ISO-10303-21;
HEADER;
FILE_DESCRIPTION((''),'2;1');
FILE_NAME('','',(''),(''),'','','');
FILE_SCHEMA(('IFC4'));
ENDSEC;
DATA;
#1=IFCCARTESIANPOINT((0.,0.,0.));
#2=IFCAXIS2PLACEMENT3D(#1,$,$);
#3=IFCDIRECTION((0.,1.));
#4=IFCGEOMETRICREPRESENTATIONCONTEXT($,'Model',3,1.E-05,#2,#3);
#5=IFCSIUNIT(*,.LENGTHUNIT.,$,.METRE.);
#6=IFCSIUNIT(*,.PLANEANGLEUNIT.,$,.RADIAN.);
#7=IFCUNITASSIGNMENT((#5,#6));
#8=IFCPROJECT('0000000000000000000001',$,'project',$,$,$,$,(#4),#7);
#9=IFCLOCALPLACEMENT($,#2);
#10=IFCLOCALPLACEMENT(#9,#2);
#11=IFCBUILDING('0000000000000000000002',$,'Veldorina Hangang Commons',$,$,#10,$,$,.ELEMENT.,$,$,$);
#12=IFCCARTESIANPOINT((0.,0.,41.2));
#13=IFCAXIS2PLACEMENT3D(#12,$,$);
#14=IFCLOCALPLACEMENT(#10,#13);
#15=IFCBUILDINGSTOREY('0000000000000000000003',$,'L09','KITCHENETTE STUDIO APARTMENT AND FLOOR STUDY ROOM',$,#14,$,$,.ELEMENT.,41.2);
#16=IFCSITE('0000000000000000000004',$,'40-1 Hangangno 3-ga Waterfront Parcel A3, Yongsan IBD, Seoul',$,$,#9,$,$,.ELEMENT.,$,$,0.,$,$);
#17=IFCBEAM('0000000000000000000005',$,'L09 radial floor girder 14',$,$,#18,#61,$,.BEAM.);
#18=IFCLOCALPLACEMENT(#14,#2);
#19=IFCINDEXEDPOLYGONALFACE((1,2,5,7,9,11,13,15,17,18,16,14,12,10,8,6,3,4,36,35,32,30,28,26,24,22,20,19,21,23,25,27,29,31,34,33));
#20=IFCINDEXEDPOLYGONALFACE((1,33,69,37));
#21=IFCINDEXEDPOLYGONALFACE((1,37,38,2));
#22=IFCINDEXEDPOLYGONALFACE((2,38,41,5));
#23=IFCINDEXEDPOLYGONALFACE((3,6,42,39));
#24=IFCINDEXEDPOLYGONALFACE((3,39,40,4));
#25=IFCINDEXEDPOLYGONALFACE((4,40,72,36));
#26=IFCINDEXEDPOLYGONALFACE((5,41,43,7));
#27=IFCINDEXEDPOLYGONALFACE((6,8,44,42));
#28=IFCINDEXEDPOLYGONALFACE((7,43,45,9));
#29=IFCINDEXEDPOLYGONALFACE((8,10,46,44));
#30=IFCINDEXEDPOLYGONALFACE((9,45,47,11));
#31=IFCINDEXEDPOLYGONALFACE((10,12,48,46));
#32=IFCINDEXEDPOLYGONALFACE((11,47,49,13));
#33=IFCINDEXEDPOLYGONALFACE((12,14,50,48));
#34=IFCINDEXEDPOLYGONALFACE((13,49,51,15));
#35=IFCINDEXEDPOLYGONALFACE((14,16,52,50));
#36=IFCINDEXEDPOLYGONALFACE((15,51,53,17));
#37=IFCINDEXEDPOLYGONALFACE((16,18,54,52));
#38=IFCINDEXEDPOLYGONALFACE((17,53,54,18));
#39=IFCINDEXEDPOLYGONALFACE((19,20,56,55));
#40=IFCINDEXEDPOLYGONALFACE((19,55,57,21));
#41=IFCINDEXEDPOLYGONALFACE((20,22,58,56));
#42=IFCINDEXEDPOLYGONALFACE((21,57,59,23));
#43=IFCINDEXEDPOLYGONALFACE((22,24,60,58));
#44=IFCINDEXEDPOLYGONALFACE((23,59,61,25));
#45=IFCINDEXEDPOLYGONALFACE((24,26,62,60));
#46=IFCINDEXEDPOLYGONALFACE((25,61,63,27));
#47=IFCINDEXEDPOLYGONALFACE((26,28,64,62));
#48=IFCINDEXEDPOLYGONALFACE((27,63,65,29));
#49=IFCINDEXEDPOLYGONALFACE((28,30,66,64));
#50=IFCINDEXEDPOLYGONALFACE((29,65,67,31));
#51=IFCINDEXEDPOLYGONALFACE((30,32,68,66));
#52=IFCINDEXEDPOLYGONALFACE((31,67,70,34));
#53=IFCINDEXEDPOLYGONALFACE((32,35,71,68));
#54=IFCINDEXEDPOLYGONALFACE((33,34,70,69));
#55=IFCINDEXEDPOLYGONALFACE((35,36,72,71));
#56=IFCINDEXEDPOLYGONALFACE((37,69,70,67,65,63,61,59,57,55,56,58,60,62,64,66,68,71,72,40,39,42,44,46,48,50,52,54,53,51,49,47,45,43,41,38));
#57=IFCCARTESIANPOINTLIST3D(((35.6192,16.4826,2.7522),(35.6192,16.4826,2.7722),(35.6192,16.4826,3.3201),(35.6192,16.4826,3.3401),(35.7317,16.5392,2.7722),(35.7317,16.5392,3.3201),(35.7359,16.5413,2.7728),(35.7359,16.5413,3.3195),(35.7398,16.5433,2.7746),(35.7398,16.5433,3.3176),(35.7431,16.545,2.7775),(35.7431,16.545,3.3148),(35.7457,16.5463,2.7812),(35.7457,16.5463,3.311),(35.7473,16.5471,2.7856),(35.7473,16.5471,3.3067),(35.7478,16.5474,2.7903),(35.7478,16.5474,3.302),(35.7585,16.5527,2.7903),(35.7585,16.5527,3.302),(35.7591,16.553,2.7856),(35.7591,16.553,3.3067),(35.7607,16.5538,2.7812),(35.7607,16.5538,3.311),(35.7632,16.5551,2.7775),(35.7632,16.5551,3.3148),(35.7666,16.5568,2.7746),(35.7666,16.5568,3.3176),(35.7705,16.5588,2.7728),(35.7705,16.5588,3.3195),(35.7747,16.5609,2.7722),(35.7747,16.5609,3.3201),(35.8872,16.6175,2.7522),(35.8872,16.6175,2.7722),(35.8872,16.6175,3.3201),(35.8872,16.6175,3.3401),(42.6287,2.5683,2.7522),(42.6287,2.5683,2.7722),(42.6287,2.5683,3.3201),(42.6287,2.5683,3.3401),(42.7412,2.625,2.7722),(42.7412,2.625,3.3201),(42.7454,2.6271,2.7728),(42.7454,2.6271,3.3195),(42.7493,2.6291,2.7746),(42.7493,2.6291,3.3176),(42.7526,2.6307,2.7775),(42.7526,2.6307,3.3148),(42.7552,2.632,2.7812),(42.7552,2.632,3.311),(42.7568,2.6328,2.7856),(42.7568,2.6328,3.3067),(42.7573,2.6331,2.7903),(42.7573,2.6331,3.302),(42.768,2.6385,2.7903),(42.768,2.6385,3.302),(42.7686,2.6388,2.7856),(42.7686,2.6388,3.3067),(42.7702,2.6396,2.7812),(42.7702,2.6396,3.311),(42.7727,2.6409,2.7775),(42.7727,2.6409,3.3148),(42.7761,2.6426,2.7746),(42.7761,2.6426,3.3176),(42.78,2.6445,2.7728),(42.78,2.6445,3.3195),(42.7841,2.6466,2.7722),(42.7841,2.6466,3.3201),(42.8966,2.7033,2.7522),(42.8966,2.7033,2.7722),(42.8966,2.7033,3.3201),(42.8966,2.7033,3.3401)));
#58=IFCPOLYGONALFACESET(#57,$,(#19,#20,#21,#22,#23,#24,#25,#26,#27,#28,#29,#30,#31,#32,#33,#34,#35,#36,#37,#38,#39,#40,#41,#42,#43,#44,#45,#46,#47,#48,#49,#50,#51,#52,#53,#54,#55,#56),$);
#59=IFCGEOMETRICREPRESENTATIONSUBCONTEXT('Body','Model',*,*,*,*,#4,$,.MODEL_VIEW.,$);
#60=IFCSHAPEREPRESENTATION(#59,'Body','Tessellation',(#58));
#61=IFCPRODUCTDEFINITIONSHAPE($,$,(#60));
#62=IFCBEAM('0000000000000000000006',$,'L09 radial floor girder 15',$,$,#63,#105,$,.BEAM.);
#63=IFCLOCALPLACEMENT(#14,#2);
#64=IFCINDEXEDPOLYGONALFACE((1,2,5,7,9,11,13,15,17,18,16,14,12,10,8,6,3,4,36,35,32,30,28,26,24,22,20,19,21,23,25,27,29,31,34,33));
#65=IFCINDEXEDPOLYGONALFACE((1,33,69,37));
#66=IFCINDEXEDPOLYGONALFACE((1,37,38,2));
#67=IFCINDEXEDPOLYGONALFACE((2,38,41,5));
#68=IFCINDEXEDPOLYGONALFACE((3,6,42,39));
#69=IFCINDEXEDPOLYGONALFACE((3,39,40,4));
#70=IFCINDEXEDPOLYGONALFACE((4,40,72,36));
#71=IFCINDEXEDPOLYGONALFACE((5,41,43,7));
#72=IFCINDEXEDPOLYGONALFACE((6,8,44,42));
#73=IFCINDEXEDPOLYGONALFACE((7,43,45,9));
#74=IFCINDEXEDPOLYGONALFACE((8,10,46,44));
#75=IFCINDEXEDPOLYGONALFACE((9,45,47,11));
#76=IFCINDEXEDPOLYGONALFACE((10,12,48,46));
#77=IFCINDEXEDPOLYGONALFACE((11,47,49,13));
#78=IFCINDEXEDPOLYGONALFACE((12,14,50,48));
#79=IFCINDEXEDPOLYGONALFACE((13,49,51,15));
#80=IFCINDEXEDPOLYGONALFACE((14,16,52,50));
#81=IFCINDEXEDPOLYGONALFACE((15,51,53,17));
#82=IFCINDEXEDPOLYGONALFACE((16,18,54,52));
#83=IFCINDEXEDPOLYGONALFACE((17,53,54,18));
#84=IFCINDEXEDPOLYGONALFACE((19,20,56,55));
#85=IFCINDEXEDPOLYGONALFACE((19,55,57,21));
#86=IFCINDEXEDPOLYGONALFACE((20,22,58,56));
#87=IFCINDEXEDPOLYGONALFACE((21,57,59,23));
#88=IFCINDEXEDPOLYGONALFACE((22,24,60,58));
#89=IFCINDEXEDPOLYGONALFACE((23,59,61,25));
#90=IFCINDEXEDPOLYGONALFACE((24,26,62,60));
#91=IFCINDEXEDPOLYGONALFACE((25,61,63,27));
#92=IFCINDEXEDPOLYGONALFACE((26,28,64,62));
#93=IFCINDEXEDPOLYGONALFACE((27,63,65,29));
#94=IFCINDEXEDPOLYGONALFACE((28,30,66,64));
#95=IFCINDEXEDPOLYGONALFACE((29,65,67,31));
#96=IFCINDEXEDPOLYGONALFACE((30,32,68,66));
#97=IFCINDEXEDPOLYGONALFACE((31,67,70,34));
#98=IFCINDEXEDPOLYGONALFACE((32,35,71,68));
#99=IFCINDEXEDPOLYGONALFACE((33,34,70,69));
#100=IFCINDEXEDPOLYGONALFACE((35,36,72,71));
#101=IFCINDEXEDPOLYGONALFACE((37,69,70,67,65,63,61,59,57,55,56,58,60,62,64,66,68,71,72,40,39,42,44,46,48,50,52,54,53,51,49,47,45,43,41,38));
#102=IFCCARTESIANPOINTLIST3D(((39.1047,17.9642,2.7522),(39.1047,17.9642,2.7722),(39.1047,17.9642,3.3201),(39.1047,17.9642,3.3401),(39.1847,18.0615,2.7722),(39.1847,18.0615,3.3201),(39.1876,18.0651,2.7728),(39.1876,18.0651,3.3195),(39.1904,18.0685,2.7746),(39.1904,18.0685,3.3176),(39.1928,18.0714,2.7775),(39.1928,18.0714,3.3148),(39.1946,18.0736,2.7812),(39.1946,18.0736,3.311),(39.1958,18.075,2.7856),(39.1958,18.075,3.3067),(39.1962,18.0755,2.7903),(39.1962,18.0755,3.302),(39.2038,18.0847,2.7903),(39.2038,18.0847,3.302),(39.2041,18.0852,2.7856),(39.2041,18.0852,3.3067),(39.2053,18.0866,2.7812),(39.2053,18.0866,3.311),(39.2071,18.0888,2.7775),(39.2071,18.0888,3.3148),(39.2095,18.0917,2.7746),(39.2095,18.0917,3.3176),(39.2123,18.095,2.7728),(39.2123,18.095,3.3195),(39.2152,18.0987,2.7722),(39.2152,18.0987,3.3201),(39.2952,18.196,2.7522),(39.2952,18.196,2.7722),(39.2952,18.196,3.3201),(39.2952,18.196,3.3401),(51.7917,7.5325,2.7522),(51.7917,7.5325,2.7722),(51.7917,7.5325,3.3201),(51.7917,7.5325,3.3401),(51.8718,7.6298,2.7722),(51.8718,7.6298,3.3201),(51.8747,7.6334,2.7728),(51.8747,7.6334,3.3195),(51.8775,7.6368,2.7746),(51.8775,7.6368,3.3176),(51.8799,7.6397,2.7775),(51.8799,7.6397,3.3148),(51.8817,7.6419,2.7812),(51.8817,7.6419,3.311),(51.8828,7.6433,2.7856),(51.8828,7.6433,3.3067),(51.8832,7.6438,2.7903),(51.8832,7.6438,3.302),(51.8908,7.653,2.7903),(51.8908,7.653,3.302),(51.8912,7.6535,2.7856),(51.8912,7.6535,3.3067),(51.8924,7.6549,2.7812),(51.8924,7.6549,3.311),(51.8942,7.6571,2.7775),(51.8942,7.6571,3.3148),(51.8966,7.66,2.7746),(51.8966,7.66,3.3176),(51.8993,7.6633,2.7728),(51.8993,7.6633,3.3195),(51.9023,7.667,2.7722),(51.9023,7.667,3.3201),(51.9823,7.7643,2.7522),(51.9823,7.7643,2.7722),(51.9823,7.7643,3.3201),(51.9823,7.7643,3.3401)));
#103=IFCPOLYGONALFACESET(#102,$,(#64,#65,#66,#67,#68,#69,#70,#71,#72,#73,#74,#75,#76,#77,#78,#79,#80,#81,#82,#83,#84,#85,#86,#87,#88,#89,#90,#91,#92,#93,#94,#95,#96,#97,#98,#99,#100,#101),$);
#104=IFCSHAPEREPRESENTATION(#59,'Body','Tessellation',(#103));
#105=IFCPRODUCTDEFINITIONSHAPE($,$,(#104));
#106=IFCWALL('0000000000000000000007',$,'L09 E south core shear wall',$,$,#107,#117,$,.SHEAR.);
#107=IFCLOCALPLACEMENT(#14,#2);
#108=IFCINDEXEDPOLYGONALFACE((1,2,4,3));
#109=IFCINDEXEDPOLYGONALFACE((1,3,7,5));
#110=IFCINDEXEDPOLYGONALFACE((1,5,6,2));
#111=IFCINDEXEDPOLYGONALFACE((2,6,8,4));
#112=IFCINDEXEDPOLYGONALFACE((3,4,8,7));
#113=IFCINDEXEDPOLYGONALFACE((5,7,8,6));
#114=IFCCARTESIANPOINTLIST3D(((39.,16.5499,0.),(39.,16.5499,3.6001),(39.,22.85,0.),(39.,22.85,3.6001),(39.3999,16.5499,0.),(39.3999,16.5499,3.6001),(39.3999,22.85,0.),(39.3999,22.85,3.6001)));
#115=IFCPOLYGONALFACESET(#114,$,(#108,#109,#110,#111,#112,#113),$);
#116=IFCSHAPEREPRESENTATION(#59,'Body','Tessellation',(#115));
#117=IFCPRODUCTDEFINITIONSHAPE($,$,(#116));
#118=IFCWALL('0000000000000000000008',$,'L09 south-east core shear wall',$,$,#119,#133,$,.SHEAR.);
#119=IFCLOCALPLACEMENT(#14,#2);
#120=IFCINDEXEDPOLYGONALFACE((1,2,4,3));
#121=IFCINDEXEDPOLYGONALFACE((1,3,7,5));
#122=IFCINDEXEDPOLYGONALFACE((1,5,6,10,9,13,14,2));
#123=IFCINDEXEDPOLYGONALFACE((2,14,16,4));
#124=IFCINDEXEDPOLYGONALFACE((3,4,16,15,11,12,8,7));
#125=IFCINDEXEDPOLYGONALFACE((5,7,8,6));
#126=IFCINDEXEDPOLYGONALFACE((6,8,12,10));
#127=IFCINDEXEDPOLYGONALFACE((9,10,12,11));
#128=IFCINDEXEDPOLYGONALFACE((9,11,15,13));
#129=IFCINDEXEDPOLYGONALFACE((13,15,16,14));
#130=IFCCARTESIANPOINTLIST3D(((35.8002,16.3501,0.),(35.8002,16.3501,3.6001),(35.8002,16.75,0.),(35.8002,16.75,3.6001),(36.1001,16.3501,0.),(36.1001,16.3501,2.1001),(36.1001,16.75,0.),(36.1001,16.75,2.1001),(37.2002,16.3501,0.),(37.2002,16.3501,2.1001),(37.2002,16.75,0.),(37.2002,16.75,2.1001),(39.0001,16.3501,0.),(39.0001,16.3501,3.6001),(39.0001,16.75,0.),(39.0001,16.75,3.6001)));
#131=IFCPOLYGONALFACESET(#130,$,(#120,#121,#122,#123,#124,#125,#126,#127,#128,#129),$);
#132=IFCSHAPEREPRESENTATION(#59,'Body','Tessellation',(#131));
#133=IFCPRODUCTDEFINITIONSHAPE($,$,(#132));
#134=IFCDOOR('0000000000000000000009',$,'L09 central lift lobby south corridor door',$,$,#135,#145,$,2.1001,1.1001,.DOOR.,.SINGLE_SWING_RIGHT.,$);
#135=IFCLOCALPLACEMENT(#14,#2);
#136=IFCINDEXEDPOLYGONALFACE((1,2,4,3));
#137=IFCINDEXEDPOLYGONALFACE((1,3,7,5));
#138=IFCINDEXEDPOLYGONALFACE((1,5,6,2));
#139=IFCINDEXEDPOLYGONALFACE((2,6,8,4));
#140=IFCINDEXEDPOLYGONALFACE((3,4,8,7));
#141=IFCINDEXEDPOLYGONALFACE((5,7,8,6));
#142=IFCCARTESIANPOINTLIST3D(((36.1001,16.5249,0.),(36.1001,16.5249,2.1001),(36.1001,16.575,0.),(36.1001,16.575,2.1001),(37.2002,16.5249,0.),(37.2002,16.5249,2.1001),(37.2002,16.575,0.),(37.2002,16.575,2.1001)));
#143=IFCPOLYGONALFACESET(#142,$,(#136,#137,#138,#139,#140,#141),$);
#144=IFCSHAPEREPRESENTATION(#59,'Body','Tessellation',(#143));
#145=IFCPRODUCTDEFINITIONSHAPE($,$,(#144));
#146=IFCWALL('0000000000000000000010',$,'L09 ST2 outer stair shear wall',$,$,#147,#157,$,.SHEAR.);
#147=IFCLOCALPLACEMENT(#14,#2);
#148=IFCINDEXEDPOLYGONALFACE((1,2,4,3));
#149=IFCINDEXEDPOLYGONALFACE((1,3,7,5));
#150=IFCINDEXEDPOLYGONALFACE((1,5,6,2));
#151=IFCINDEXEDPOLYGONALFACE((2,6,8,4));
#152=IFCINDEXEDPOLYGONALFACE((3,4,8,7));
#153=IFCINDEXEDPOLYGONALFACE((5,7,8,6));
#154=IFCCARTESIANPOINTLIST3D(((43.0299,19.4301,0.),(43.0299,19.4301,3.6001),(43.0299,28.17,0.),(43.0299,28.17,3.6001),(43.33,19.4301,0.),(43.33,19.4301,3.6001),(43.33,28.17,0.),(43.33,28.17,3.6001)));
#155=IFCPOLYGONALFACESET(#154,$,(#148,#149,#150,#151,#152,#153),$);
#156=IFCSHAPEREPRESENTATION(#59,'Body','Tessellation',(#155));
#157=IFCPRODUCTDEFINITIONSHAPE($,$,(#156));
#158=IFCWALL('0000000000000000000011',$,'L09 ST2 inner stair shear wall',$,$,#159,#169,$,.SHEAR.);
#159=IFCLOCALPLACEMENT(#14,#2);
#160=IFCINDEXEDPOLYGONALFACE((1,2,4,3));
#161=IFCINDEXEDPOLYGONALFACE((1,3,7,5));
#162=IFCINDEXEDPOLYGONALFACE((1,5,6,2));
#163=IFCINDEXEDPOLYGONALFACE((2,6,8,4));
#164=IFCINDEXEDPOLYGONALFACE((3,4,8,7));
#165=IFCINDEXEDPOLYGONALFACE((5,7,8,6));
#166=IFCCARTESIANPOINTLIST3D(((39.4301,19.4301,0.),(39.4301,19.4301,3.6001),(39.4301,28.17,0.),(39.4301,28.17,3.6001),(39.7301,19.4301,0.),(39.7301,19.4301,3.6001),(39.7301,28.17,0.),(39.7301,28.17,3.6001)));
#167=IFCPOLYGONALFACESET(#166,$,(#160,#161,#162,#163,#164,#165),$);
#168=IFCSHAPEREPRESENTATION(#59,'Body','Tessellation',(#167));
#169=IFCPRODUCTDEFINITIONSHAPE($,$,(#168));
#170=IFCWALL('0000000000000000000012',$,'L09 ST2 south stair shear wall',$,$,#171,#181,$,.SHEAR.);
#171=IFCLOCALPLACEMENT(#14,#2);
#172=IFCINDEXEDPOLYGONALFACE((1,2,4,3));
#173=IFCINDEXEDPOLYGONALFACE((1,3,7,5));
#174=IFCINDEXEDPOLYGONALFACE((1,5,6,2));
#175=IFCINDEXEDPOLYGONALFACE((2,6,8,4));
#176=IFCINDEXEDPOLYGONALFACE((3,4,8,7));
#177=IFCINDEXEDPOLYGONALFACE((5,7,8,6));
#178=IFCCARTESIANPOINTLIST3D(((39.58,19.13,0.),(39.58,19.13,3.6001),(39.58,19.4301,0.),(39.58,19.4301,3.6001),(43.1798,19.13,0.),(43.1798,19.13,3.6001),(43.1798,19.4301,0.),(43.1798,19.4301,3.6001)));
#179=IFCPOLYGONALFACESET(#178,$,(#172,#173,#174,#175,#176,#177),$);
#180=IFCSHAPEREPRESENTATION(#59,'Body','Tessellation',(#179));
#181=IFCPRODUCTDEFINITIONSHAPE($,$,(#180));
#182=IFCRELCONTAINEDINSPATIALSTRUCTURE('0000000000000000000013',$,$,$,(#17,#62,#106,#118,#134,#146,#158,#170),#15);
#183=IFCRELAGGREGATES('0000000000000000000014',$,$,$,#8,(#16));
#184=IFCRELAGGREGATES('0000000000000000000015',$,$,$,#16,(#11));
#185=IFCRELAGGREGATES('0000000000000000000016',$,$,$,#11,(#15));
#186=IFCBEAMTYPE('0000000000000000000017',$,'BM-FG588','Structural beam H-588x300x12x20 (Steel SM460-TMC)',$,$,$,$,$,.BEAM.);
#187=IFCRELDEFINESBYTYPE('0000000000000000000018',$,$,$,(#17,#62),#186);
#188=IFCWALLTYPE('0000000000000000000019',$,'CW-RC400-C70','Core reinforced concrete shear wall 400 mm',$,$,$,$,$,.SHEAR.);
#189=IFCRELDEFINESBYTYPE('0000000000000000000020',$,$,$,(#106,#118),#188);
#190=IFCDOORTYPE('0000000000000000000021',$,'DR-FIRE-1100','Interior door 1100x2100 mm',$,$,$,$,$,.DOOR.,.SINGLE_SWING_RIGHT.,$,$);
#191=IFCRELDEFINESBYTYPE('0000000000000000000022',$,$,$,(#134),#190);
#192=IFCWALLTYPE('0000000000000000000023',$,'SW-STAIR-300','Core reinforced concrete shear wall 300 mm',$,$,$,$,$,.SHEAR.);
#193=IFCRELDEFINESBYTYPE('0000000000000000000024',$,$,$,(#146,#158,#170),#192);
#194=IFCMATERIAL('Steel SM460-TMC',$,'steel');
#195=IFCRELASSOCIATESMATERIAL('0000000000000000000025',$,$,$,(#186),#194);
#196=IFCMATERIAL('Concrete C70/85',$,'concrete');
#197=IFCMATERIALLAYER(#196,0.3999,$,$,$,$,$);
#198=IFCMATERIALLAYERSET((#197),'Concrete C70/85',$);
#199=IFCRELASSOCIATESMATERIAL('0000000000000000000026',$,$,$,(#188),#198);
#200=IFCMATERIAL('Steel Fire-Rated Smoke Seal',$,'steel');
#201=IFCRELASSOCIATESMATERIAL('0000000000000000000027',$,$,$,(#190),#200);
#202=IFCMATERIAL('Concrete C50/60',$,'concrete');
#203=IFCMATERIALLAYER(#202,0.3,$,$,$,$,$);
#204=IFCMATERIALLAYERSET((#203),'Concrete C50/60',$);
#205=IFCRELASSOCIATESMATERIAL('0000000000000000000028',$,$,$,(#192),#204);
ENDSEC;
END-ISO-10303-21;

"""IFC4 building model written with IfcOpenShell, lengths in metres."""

from ifc_helpers import new_model, si_unit, direction, frame, frame_2d, origin, origin_2d, place, context, subcontext, project, spatial, rectangle, i_section, extrude, material, layer, layer_set, material_profile, profile_set, type_object, element, fill, save


model = new_model("IFC4")

# Units and contexts
model_context = context("Model", 3, precision=1e-05, world=origin(), true_north=direction((0.0, 1.0)))
body_context = subcontext(model_context, "Body", "Model", "MODEL_VIEW")
ifc_project = project(units=[si_unit("LENGTHUNIT", "METRE"), si_unit("PLANEANGLEUNIT", "RADIAN")], contexts=[model_context])

# Site, building, storey
site_placement = place(None, origin())
site = spatial("IfcSite", under=ifc_project, at=site_placement, Name="40-1 Hangangno 3-ga Waterfront Parcel A3, Yongsan IBD, Seoul", CompositionType="ELEMENT", RefElevation=0.0)
building_placement = place(site_placement, origin())
building = spatial("IfcBuilding", under=site, at=building_placement, Name="Veldorina Hangang Commons", CompositionType="ELEMENT")
storey_placement = place(building_placement, frame((0.0, 0.0, 41.2)))
storey = spatial("IfcBuildingStorey", under=building, at=storey_placement, Name="L09", Description="KITCHENETTE STUDIO APARTMENT AND FLOOR STUDY ROOM", CompositionType="ELEMENT", Elevation=41.2)

# Beams
ifc_material_1 = material(Name="Steel SM460-TMC", Category="steel")
ifc_material_profile = material_profile(ifc_material_1, i_section(OverallWidth=0.3, OverallDepth=0.5879, WebThickness=0.012, FlangeThickness=0.02, FilletRadius=0.0181, at=origin_2d()), Name="H-588x300x12x20")
ifc_profile_set = profile_set([ifc_material_profile], Name="Steel SM460-TMC")
beam_type = type_object("IfcBeamType", Name="BM-FG588", Description="Structural beam H-588x300x12x20 (Steel SM460-TMC)", PredefinedType="BEAM", material=ifc_profile_set)
beam_1_placement = place(storey_placement, frame((35.7532, 16.55, 3.0461), z_axis=(0.449901, -0.893079, 0.0), x_axis=(0.893079, 0.449901, 0.0)))
element("IfcBeam", 1, at=beam_1_placement, inside=storey, type_object=beam_type, Name="L09 radial floor girder 14", PredefinedType="BEAM", context=body_context, shape_type="SweptSolid", body=[
    extrude(i_section(OverallWidth=0.3, OverallDepth=0.5879, WebThickness=0.012, FlangeThickness=0.02, FilletRadius=0.0181, at=origin_2d()), origin(), (0.0, 0.0, 1.0), 15.5801),
])
beam_2_placement = place(storey_placement, frame((39.2, 18.0801, 3.0461), z_axis=(0.772423, -0.635109, 0.0), x_axis=(0.635109, 0.772423, 0.0)))
element("IfcBeam", 2, at=beam_2_placement, inside=storey, type_object=beam_type, Name="L09 radial floor girder 15", PredefinedType="BEAM", context=body_context, shape_type="SweptSolid", body=[
    extrude(i_section(OverallWidth=0.3, OverallDepth=0.5879, WebThickness=0.012, FlangeThickness=0.02, FilletRadius=0.0181, at=origin_2d()), origin(), (0.0, 0.0, 1.0), 16.425),
])

# Wall
ifc_material_2 = material(Name="Concrete C70/85", Category="concrete")
ifc_layer_1 = layer(ifc_material_2, 0.3999)
ifc_layer_set_1 = layer_set([ifc_layer_1], Name="Concrete C70/85")
wall_type_1 = type_object("IfcWallType", Name="CW-RC400-C70", Description="Core reinforced concrete shear wall 400 mm", PredefinedType="SHEAR", material=ifc_layer_set_1)
wall_1_placement = place(storey_placement, frame((39.2, 16.55, 0.0), z_axis=(0.0, 0.0, 1.0), x_axis=(0.0, 1.0, 0.0)))
element("IfcWall", 3, at=wall_1_placement, inside=storey, type_object=wall_type_1, Name="L09 E south core shear wall", PredefinedType="SHEAR", context=body_context, shape_type="SweptSolid", body=[
    extrude(rectangle(XDim=6.3, YDim=0.3999, at=frame_2d((3.1499, 0.0))), origin(), (0.0, 0.0, 1.0), 3.6001),
])

# Wall, opening, door
wall_2_placement = place(storey_placement, frame((35.8, 16.55, 0.0), z_axis=(0.0, 0.0, 1.0), x_axis=(1.0, 0.0, 0.0)))
wall_2 = element("IfcWall", 4, at=wall_2_placement, inside=storey, type_object=wall_type_1, Name="L09 south-east core shear wall", PredefinedType="SHEAR", context=body_context, shape_type="SweptSolid", body=[
    extrude(rectangle(XDim=3.2, YDim=0.3999, at=frame_2d((1.6001, 0.0))), origin(), (0.0, 0.0, 1.0), 3.6001),
])
opening_1_placement = place(wall_2_placement, frame((0.3, 0.0, 0.0)))
opening_1 = element("IfcOpeningElement", 5, at=opening_1_placement, cuts=wall_2, PredefinedType="OPENING", context=body_context, shape_type="SweptSolid", body=[
    extrude(rectangle(XDim=1.1001, YDim=2.1001, at=frame_2d((0.55, 1.05))), frame((0.0, 0.21, 0.0), z_axis=(0.0, -1.0, 0.0), x_axis=(1.0, 0.0, 0.0)), (0.0, 0.0, 1.0), 0.4199),
])
ifc_material_3 = material(Name="Steel Fire-Rated Smoke Seal", Category="steel")
door_type_1 = type_object("IfcDoorType", Name="DR-FIRE-1100", Description="Interior door 1100x2100 mm", OperationType="SINGLE_SWING_RIGHT", PredefinedType="DOOR", material=ifc_material_3)
door_1_placement = place(opening_1_placement, origin())
door_1 = element("IfcDoor", 6, at=door_1_placement, inside=storey, type_object=door_type_1, Name="L09 central lift lobby south corridor door", OperationType="SINGLE_SWING_RIGHT", OverallHeight=2.1001, OverallWidth=1.1001, PredefinedType="DOOR", context=body_context, shape_type="SweptSolid", body=[
    extrude(rectangle(XDim=1.1001, YDim=2.1001, at=frame_2d((0.55, 1.05))), frame((0.0, 0.0249, 0.0), z_axis=(0.0, -1.0, 0.0), x_axis=(1.0, 0.0, 0.0)), (0.0, 0.0, 1.0), 0.05),
])
fill(opening_1, door_1)

# Walls
ifc_material_4 = material(Name="Concrete C50/60", Category="concrete")
ifc_layer_2 = layer(ifc_material_4, 0.3)
ifc_layer_set_2 = layer_set([ifc_layer_2], Name="Concrete C50/60")
wall_type_2 = type_object("IfcWallType", Name="SW-STAIR-300", Description="Core reinforced concrete shear wall 300 mm", PredefinedType="SHEAR", material=ifc_layer_set_2)
for number, where, z_axis, x_axis, name in (
    (7, (43.1799, 19.4299, 0.0), (0.0, 0.0, 1.0), (0.0, 1.0, 0.0), "L09 ST2 outer stair shear wall"),
    (8, (39.5801, 19.4299, 0.0), (0.0, 0.0, 1.0), (0.0, 1.0, 0.0), "L09 ST2 inner stair shear wall"),
):
    element("IfcWall", number, at=place(storey_placement, frame(where, z_axis=z_axis, x_axis=x_axis)), inside=storey, type_object=wall_type_2, Name=name, PredefinedType="SHEAR", context=body_context, shape_type="SweptSolid", body=[
        extrude(rectangle(XDim=8.74, YDim=0.3, at=frame_2d((4.3701, 0.0))), origin(), (0.0, 0.0, 1.0), 3.6001),
    ])
wall_3_placement = place(storey_placement, frame((39.5801, 19.28, 0.0), z_axis=(0.0, 0.0, 1.0), x_axis=(1.0, 0.0, 0.0)))
element("IfcWall", 9, at=wall_3_placement, inside=storey, type_object=wall_type_2, Name="L09 ST2 south stair shear wall", PredefinedType="SHEAR", context=body_context, shape_type="SweptSolid", body=[
    extrude(rectangle(XDim=3.5999, YDim=0.3, at=frame_2d((1.7998, 0.0))), origin(), (0.0, 0.0, 1.0), 3.6001),
])

save(model, "model.ifc")
